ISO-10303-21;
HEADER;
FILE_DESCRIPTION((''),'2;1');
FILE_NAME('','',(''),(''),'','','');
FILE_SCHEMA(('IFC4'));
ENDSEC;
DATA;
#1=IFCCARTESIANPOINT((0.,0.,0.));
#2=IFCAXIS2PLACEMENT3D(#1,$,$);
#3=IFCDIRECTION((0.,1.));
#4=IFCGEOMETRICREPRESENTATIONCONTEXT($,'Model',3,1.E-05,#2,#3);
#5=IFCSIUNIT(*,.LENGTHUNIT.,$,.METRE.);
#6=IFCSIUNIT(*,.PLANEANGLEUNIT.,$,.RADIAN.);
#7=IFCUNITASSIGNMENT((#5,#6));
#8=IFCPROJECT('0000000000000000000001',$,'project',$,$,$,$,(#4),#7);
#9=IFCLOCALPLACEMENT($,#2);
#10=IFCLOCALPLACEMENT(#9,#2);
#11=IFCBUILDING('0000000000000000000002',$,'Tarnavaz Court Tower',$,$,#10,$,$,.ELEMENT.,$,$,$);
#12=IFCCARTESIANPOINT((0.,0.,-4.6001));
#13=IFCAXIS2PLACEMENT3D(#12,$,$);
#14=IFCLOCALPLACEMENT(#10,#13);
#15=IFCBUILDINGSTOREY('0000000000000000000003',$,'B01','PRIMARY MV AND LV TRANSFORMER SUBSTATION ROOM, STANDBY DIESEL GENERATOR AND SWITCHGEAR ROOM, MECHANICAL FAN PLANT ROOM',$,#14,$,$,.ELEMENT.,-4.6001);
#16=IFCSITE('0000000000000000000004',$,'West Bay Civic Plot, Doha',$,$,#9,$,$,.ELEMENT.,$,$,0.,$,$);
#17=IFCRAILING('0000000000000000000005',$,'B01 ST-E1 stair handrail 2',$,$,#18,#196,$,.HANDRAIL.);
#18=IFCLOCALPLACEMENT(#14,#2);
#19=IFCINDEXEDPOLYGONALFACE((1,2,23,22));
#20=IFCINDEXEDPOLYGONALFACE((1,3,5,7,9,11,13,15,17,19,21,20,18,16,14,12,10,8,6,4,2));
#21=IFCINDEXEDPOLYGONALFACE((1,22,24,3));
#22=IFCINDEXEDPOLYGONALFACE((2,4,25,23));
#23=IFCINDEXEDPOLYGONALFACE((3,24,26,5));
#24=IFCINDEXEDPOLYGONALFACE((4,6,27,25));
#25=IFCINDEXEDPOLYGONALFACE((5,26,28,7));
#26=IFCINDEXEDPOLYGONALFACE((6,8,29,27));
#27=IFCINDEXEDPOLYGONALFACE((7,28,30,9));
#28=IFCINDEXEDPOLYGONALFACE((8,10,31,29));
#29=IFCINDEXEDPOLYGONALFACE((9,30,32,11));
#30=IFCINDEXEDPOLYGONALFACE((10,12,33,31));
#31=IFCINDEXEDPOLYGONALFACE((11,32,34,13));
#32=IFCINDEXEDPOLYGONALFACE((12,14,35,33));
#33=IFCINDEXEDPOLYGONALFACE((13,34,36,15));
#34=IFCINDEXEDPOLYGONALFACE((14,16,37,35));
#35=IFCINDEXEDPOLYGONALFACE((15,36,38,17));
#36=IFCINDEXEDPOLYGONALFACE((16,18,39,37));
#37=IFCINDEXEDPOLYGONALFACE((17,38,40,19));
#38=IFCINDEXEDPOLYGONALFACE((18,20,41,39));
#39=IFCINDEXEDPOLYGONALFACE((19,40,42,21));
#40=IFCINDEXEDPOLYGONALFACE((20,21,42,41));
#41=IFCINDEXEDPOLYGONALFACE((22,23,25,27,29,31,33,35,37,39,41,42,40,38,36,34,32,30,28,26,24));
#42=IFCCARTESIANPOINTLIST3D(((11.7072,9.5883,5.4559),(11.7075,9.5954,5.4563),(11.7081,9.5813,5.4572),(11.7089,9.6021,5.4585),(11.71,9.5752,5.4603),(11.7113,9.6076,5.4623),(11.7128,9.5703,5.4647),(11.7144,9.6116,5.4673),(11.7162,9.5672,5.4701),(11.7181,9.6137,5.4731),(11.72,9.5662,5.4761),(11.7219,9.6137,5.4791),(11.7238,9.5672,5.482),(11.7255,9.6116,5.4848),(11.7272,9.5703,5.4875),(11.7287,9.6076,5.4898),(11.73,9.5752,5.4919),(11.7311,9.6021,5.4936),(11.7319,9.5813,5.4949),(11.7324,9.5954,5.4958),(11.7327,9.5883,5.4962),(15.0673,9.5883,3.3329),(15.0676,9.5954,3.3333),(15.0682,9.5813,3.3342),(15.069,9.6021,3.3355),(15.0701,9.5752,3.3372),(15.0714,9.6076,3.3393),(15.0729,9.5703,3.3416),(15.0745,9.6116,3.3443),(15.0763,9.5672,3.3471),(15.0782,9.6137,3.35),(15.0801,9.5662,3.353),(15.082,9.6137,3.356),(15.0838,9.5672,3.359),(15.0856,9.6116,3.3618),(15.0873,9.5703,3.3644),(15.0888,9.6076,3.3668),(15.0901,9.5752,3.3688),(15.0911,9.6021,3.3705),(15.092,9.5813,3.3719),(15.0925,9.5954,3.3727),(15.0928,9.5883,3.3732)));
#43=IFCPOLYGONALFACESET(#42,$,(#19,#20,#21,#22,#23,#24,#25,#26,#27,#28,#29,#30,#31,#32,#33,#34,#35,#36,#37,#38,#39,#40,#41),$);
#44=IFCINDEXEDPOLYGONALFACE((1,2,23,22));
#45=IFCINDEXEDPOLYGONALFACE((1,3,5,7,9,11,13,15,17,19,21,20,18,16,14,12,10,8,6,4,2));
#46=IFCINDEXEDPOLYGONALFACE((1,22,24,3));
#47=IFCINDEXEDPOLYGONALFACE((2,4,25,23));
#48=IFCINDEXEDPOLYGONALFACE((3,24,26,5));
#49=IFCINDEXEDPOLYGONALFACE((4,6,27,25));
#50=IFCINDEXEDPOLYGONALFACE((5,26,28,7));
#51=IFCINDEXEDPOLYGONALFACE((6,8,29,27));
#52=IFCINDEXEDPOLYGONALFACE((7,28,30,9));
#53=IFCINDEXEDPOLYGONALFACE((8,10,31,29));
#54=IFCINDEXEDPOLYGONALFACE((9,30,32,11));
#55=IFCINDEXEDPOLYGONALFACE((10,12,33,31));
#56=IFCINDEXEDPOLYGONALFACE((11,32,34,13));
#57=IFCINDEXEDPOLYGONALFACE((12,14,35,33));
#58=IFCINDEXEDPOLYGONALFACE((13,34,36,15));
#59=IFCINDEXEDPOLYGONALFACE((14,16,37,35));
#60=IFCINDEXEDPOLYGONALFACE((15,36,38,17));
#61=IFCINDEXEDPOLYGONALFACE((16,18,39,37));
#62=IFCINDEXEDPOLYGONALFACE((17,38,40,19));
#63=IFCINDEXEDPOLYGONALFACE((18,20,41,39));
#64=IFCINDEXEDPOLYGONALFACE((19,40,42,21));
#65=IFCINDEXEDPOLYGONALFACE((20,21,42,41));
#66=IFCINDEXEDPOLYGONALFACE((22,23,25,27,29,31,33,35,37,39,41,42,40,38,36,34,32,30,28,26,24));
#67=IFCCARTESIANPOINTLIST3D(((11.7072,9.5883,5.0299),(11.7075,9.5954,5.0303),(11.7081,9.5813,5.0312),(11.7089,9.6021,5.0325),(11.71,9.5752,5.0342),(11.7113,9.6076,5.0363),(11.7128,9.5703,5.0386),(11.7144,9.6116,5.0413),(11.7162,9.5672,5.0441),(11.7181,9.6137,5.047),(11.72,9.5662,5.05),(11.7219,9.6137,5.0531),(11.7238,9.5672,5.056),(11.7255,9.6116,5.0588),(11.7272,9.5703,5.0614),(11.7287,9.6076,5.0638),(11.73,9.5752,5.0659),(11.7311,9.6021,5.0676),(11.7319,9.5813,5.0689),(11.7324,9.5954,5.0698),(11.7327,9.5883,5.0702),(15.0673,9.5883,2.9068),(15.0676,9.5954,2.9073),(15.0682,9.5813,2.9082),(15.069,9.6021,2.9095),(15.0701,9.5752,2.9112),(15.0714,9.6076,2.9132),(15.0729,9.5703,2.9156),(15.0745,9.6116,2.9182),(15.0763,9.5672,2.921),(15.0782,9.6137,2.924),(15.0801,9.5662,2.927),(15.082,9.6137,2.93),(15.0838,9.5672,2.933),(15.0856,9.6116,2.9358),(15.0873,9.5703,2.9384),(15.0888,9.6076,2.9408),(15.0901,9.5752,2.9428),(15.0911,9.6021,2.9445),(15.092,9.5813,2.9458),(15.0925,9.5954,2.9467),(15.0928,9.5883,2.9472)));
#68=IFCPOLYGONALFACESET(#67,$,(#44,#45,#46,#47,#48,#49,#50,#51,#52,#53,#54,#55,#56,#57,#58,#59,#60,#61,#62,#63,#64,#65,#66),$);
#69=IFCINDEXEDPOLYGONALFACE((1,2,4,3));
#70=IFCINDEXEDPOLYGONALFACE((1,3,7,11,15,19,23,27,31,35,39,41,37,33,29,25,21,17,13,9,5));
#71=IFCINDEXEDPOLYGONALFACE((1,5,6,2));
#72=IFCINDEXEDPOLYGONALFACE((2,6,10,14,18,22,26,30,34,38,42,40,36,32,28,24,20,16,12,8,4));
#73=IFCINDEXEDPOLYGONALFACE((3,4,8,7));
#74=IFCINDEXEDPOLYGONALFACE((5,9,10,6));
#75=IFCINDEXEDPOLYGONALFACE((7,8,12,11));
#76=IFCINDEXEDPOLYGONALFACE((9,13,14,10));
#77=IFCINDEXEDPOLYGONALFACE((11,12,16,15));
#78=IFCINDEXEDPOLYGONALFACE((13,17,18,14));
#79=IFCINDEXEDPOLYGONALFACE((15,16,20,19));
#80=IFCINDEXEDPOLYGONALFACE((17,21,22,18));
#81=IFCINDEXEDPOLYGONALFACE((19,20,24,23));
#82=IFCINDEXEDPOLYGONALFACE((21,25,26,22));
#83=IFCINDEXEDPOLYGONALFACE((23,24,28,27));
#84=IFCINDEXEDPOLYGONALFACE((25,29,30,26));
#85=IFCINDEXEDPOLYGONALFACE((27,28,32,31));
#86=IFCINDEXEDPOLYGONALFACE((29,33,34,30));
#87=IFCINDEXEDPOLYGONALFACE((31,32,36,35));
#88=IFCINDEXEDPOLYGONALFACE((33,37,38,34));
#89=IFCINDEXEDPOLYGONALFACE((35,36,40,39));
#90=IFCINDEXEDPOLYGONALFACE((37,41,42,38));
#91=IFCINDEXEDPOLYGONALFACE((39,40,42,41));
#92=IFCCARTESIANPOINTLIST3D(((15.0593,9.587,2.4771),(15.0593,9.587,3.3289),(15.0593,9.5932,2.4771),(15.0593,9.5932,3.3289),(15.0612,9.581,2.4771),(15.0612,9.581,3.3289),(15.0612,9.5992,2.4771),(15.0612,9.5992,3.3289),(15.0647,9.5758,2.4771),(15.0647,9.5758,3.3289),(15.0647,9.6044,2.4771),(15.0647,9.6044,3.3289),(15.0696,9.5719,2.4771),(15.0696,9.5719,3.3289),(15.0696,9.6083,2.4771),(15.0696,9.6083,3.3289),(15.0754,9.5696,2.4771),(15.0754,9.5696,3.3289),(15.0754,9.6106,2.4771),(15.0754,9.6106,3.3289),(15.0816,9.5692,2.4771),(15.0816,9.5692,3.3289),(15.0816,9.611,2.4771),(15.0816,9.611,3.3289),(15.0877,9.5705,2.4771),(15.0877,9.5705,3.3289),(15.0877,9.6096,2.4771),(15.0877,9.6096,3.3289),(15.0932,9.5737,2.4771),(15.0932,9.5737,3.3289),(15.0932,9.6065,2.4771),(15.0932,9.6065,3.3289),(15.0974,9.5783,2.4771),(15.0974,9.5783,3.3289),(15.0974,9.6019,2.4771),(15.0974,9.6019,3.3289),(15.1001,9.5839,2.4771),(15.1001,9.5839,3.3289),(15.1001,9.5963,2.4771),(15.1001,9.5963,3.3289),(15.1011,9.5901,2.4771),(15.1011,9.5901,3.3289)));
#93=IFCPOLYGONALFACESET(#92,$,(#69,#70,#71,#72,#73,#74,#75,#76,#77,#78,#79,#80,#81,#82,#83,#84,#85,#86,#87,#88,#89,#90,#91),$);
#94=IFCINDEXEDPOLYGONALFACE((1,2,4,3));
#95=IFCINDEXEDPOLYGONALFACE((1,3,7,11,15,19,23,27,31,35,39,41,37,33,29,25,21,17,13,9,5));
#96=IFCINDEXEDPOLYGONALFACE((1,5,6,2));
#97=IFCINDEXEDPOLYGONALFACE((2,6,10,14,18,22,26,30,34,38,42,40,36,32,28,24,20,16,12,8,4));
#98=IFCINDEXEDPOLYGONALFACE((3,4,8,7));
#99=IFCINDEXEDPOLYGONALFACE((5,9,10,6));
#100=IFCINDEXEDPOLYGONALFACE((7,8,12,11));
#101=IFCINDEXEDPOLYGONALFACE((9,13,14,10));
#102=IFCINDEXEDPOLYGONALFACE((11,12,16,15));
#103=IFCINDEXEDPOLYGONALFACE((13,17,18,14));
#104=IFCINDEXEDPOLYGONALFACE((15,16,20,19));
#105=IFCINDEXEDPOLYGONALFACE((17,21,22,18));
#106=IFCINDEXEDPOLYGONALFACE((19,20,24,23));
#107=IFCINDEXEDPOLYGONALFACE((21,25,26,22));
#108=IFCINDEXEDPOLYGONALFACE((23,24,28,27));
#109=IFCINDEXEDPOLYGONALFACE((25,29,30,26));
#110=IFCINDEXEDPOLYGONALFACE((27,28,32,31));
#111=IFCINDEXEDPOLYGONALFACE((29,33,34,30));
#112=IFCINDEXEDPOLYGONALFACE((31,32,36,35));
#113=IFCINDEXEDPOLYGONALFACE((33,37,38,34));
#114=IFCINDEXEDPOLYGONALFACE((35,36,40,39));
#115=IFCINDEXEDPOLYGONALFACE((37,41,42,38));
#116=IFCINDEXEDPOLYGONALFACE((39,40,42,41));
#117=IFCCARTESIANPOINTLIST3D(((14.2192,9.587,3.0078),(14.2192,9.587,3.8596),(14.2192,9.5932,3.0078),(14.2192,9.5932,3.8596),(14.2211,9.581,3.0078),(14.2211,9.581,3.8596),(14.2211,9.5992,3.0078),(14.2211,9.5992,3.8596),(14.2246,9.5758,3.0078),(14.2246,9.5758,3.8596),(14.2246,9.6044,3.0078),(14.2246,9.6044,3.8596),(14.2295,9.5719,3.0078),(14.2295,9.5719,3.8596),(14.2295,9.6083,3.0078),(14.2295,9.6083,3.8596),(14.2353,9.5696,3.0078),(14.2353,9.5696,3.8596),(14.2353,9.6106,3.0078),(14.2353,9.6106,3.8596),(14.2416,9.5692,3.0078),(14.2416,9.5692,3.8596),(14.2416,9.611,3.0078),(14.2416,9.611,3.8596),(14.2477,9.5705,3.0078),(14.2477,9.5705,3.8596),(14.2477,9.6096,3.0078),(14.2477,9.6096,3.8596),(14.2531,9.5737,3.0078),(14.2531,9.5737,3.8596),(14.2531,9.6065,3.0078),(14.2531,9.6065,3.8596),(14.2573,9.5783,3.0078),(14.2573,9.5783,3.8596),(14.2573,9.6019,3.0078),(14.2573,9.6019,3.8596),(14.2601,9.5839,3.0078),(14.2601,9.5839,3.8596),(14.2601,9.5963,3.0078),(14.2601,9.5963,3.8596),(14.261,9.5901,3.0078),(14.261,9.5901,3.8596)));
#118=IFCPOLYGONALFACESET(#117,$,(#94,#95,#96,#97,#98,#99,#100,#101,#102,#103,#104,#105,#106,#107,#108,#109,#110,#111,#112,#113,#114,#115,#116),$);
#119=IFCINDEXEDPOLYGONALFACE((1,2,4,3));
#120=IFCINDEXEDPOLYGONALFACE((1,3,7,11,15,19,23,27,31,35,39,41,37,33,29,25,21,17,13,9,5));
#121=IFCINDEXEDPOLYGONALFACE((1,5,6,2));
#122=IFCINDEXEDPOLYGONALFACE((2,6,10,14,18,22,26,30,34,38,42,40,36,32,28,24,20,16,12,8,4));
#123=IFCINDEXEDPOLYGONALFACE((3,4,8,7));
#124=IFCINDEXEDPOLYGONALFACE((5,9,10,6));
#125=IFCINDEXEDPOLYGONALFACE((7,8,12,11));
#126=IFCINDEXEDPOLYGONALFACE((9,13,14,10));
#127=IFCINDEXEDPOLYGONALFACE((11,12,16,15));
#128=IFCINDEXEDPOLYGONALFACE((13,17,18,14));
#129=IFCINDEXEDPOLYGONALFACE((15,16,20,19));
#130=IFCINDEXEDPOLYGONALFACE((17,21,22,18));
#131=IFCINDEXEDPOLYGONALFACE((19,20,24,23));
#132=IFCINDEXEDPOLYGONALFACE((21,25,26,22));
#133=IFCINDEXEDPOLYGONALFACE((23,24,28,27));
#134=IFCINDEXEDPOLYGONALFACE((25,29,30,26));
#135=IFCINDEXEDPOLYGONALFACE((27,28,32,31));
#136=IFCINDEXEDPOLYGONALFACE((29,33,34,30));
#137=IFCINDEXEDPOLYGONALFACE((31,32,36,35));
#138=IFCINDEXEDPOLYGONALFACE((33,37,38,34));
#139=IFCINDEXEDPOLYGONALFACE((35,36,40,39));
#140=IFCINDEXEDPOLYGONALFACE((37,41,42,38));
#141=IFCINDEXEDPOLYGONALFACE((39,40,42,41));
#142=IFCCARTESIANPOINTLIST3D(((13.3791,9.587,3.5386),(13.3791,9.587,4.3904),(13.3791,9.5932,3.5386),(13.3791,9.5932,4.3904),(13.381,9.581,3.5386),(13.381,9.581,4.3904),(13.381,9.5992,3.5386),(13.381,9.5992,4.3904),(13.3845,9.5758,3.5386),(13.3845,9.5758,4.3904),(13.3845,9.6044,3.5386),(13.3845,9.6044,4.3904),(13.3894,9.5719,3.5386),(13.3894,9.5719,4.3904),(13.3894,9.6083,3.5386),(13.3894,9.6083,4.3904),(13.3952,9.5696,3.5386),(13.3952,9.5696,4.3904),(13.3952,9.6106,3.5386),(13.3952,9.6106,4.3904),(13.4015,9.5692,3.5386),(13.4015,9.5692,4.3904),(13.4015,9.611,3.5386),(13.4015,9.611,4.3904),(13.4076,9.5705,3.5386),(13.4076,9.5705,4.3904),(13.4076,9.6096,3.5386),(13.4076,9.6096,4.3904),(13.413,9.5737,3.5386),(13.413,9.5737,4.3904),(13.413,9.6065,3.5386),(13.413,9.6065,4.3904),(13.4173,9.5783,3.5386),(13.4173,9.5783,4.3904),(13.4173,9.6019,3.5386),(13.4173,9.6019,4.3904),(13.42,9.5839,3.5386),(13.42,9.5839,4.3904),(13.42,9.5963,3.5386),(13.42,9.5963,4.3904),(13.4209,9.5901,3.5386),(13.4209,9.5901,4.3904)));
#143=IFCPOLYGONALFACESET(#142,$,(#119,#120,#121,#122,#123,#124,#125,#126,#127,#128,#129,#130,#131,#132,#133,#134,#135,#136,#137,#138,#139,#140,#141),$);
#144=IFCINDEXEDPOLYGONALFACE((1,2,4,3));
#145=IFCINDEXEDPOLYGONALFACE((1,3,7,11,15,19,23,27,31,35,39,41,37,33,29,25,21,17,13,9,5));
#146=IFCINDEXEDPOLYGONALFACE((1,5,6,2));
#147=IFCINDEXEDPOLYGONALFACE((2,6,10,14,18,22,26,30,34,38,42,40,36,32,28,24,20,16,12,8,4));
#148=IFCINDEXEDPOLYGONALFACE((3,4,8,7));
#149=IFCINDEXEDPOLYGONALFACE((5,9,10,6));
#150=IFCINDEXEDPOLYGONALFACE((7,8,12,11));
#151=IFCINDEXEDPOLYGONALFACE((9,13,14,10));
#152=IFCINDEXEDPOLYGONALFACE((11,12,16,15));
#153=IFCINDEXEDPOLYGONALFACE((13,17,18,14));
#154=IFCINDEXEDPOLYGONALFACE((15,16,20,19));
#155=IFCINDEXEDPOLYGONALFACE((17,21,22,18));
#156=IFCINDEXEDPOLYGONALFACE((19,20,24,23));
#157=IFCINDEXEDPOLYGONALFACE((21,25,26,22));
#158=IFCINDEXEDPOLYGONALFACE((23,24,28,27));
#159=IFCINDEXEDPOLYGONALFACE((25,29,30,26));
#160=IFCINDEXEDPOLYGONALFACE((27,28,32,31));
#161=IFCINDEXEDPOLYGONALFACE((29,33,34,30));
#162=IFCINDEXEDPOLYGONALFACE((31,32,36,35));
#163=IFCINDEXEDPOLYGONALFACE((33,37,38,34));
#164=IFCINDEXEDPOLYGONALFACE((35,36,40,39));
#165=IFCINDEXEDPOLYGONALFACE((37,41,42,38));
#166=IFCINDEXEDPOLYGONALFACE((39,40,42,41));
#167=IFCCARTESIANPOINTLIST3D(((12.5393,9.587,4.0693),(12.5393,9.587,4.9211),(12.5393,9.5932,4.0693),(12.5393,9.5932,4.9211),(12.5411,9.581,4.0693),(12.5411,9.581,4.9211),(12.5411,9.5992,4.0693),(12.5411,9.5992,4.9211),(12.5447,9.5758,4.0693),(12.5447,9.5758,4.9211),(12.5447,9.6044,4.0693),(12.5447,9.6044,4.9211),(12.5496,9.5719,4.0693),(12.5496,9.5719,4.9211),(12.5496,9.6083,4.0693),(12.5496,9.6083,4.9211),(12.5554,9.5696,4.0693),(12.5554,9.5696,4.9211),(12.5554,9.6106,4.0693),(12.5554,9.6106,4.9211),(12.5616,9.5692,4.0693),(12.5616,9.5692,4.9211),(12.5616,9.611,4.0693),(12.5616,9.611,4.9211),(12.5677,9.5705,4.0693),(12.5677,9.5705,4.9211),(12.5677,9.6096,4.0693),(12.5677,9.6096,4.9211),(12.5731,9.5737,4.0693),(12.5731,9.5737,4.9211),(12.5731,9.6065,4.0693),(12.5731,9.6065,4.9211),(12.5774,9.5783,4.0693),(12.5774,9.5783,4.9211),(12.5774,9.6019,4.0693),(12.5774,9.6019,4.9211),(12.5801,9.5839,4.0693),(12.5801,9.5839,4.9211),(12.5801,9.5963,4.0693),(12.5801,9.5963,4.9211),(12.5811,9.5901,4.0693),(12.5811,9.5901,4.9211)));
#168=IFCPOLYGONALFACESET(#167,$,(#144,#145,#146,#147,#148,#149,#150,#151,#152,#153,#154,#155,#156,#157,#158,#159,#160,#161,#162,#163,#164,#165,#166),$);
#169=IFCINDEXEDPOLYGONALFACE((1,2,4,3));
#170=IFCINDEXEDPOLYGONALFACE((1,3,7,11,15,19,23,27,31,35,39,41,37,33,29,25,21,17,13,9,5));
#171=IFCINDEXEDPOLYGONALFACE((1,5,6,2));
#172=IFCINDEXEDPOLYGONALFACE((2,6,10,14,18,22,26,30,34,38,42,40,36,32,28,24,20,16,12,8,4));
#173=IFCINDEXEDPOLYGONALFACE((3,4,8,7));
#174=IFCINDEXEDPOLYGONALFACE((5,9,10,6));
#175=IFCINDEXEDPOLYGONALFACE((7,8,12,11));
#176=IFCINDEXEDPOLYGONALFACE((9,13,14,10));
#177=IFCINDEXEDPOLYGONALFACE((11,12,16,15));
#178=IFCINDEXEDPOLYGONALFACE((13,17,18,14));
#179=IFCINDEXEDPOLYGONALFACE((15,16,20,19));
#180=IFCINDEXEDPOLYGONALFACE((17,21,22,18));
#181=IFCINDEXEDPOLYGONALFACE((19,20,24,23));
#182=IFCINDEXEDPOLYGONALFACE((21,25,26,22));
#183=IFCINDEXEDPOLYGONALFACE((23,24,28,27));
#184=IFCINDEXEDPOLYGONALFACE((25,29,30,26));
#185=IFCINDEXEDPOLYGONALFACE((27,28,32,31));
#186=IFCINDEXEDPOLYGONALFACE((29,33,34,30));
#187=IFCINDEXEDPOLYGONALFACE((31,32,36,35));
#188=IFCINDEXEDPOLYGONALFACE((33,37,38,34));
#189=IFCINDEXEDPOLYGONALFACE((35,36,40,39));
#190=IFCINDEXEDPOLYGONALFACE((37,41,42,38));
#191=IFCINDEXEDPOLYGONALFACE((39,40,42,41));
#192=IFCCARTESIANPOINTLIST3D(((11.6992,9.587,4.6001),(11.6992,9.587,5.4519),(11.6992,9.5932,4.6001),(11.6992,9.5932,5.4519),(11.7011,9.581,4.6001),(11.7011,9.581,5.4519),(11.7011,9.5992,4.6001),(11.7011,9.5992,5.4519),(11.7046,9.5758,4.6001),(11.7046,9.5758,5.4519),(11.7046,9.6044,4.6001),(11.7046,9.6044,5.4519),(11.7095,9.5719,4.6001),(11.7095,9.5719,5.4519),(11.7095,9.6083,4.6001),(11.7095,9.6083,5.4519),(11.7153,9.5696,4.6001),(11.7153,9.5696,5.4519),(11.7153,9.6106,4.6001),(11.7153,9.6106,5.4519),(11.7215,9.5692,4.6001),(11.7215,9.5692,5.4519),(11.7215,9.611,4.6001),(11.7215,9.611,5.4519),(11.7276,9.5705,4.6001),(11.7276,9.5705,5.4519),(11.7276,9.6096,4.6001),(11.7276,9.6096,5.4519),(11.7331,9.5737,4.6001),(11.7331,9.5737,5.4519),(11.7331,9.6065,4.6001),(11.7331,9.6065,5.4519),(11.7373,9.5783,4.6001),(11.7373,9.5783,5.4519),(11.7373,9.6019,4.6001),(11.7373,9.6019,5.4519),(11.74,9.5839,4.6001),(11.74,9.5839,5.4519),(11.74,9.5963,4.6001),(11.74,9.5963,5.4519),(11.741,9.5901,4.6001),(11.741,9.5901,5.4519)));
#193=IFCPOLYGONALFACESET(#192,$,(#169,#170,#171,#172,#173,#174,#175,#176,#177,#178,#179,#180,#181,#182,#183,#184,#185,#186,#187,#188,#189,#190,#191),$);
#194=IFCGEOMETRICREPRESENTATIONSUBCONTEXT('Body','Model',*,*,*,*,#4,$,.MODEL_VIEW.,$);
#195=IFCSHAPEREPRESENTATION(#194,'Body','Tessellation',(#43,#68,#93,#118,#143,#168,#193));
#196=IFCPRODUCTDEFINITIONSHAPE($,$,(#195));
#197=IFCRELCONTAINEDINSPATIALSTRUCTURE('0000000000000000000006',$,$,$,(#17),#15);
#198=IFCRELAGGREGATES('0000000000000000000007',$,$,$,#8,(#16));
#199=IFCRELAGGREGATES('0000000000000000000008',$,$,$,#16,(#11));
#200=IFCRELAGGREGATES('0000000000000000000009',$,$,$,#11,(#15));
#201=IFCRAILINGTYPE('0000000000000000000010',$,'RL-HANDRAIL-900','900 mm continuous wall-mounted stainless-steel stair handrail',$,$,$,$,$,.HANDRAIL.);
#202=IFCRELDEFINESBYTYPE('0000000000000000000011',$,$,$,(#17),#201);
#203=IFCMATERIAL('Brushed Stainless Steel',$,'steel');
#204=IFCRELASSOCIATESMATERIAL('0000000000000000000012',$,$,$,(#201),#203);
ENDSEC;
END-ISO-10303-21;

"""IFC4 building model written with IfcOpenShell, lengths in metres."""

from ifc_helpers import new_model, si_unit, direction, frame, origin, origin_2d, place, context, subcontext, project, spatial, circle, extrude, material, type_object, element, save


model = new_model("IFC4")

# Units and contexts
model_context = context("Model", 3, precision=1e-05, world=origin(), true_north=direction((0.0, 1.0)))
body_context = subcontext(model_context, "Body", "Model", "MODEL_VIEW")
ifc_project = project(units=[si_unit("LENGTHUNIT", "METRE"), si_unit("PLANEANGLEUNIT", "RADIAN")], contexts=[model_context])

# Site, building, storey
site_placement = place(None, origin())
site = spatial("IfcSite", under=ifc_project, at=site_placement, Name="West Bay Civic Plot, Doha", CompositionType="ELEMENT", RefElevation=0.0)
building_placement = place(site_placement, origin())
building = spatial("IfcBuilding", under=site, at=building_placement, Name="Tarnavaz Court Tower", CompositionType="ELEMENT")
storey_placement = place(building_placement, frame((0.0, 0.0, -4.6001)))
storey = spatial("IfcBuildingStorey", under=building, at=storey_placement, Name="B01", Description="PRIMARY MV AND LV TRANSFORMER SUBSTATION ROOM, STANDBY DIESEL GENERATOR AND SWITCHGEAR ROOM, MECHANICAL FAN PLANT ROOM", CompositionType="ELEMENT", Elevation=-4.6001)

# Railing
ifc_material_1 = material(Name="Brushed Stainless Steel", Category="steel")
railing_type_1 = type_object("IfcRailingType", Name="RL-HANDRAIL-900", Description="900 mm continuous wall-mounted stainless-steel stair handrail", PredefinedType="HANDRAIL", material=ifc_material_1)
railing_1_placement = place(storey_placement, frame((15.0801, 9.5901, 2.4771)))
element("IfcRailing", 1, at=railing_1_placement, inside=storey, type_object=railing_type_1, Name="B01 ST-E1 stair handrail 2", PredefinedType="HANDRAIL", context=body_context, shape_type="SweptSolid", body=[
    extrude(circle(Radius=0.0239, at=origin_2d()), frame((0.0, 0.0, 0.876), z_axis=(-0.84539, 0.0, 0.53415), x_axis=(0.0, -1.0, 0.0)), (0.0, 0.0, 1.0), 3.9746),
    extrude(circle(Radius=0.0239, at=origin_2d()), frame((0.0, 0.0, 0.45), z_axis=(-0.84539, 0.0, 0.53415), x_axis=(0.0, -1.0, 0.0)), (0.0, 0.0, 1.0), 3.9746),
    extrude(circle(Radius=0.021, at=origin_2d()), origin(), (0.0, 0.0, 1.0), 0.8518),
    extrude(circle(Radius=0.021, at=origin_2d()), frame((-0.8401, 0.0, 0.5308)), (0.0, 0.0, 1.0), 0.8518),
    extrude(circle(Radius=0.021, at=origin_2d()), frame((-1.6802, 0.0, 1.0615)), (0.0, 0.0, 1.0), 0.8518),
    extrude(circle(Radius=0.021, at=origin_2d()), frame((-2.52, 0.0, 1.5923)), (0.0, 0.0, 1.0), 0.8518),
    extrude(circle(Radius=0.021, at=origin_2d()), frame((-3.3601, 0.0, 2.123)), (0.0, 0.0, 1.0), 0.8518),
])

save(model, "model.ifc")
